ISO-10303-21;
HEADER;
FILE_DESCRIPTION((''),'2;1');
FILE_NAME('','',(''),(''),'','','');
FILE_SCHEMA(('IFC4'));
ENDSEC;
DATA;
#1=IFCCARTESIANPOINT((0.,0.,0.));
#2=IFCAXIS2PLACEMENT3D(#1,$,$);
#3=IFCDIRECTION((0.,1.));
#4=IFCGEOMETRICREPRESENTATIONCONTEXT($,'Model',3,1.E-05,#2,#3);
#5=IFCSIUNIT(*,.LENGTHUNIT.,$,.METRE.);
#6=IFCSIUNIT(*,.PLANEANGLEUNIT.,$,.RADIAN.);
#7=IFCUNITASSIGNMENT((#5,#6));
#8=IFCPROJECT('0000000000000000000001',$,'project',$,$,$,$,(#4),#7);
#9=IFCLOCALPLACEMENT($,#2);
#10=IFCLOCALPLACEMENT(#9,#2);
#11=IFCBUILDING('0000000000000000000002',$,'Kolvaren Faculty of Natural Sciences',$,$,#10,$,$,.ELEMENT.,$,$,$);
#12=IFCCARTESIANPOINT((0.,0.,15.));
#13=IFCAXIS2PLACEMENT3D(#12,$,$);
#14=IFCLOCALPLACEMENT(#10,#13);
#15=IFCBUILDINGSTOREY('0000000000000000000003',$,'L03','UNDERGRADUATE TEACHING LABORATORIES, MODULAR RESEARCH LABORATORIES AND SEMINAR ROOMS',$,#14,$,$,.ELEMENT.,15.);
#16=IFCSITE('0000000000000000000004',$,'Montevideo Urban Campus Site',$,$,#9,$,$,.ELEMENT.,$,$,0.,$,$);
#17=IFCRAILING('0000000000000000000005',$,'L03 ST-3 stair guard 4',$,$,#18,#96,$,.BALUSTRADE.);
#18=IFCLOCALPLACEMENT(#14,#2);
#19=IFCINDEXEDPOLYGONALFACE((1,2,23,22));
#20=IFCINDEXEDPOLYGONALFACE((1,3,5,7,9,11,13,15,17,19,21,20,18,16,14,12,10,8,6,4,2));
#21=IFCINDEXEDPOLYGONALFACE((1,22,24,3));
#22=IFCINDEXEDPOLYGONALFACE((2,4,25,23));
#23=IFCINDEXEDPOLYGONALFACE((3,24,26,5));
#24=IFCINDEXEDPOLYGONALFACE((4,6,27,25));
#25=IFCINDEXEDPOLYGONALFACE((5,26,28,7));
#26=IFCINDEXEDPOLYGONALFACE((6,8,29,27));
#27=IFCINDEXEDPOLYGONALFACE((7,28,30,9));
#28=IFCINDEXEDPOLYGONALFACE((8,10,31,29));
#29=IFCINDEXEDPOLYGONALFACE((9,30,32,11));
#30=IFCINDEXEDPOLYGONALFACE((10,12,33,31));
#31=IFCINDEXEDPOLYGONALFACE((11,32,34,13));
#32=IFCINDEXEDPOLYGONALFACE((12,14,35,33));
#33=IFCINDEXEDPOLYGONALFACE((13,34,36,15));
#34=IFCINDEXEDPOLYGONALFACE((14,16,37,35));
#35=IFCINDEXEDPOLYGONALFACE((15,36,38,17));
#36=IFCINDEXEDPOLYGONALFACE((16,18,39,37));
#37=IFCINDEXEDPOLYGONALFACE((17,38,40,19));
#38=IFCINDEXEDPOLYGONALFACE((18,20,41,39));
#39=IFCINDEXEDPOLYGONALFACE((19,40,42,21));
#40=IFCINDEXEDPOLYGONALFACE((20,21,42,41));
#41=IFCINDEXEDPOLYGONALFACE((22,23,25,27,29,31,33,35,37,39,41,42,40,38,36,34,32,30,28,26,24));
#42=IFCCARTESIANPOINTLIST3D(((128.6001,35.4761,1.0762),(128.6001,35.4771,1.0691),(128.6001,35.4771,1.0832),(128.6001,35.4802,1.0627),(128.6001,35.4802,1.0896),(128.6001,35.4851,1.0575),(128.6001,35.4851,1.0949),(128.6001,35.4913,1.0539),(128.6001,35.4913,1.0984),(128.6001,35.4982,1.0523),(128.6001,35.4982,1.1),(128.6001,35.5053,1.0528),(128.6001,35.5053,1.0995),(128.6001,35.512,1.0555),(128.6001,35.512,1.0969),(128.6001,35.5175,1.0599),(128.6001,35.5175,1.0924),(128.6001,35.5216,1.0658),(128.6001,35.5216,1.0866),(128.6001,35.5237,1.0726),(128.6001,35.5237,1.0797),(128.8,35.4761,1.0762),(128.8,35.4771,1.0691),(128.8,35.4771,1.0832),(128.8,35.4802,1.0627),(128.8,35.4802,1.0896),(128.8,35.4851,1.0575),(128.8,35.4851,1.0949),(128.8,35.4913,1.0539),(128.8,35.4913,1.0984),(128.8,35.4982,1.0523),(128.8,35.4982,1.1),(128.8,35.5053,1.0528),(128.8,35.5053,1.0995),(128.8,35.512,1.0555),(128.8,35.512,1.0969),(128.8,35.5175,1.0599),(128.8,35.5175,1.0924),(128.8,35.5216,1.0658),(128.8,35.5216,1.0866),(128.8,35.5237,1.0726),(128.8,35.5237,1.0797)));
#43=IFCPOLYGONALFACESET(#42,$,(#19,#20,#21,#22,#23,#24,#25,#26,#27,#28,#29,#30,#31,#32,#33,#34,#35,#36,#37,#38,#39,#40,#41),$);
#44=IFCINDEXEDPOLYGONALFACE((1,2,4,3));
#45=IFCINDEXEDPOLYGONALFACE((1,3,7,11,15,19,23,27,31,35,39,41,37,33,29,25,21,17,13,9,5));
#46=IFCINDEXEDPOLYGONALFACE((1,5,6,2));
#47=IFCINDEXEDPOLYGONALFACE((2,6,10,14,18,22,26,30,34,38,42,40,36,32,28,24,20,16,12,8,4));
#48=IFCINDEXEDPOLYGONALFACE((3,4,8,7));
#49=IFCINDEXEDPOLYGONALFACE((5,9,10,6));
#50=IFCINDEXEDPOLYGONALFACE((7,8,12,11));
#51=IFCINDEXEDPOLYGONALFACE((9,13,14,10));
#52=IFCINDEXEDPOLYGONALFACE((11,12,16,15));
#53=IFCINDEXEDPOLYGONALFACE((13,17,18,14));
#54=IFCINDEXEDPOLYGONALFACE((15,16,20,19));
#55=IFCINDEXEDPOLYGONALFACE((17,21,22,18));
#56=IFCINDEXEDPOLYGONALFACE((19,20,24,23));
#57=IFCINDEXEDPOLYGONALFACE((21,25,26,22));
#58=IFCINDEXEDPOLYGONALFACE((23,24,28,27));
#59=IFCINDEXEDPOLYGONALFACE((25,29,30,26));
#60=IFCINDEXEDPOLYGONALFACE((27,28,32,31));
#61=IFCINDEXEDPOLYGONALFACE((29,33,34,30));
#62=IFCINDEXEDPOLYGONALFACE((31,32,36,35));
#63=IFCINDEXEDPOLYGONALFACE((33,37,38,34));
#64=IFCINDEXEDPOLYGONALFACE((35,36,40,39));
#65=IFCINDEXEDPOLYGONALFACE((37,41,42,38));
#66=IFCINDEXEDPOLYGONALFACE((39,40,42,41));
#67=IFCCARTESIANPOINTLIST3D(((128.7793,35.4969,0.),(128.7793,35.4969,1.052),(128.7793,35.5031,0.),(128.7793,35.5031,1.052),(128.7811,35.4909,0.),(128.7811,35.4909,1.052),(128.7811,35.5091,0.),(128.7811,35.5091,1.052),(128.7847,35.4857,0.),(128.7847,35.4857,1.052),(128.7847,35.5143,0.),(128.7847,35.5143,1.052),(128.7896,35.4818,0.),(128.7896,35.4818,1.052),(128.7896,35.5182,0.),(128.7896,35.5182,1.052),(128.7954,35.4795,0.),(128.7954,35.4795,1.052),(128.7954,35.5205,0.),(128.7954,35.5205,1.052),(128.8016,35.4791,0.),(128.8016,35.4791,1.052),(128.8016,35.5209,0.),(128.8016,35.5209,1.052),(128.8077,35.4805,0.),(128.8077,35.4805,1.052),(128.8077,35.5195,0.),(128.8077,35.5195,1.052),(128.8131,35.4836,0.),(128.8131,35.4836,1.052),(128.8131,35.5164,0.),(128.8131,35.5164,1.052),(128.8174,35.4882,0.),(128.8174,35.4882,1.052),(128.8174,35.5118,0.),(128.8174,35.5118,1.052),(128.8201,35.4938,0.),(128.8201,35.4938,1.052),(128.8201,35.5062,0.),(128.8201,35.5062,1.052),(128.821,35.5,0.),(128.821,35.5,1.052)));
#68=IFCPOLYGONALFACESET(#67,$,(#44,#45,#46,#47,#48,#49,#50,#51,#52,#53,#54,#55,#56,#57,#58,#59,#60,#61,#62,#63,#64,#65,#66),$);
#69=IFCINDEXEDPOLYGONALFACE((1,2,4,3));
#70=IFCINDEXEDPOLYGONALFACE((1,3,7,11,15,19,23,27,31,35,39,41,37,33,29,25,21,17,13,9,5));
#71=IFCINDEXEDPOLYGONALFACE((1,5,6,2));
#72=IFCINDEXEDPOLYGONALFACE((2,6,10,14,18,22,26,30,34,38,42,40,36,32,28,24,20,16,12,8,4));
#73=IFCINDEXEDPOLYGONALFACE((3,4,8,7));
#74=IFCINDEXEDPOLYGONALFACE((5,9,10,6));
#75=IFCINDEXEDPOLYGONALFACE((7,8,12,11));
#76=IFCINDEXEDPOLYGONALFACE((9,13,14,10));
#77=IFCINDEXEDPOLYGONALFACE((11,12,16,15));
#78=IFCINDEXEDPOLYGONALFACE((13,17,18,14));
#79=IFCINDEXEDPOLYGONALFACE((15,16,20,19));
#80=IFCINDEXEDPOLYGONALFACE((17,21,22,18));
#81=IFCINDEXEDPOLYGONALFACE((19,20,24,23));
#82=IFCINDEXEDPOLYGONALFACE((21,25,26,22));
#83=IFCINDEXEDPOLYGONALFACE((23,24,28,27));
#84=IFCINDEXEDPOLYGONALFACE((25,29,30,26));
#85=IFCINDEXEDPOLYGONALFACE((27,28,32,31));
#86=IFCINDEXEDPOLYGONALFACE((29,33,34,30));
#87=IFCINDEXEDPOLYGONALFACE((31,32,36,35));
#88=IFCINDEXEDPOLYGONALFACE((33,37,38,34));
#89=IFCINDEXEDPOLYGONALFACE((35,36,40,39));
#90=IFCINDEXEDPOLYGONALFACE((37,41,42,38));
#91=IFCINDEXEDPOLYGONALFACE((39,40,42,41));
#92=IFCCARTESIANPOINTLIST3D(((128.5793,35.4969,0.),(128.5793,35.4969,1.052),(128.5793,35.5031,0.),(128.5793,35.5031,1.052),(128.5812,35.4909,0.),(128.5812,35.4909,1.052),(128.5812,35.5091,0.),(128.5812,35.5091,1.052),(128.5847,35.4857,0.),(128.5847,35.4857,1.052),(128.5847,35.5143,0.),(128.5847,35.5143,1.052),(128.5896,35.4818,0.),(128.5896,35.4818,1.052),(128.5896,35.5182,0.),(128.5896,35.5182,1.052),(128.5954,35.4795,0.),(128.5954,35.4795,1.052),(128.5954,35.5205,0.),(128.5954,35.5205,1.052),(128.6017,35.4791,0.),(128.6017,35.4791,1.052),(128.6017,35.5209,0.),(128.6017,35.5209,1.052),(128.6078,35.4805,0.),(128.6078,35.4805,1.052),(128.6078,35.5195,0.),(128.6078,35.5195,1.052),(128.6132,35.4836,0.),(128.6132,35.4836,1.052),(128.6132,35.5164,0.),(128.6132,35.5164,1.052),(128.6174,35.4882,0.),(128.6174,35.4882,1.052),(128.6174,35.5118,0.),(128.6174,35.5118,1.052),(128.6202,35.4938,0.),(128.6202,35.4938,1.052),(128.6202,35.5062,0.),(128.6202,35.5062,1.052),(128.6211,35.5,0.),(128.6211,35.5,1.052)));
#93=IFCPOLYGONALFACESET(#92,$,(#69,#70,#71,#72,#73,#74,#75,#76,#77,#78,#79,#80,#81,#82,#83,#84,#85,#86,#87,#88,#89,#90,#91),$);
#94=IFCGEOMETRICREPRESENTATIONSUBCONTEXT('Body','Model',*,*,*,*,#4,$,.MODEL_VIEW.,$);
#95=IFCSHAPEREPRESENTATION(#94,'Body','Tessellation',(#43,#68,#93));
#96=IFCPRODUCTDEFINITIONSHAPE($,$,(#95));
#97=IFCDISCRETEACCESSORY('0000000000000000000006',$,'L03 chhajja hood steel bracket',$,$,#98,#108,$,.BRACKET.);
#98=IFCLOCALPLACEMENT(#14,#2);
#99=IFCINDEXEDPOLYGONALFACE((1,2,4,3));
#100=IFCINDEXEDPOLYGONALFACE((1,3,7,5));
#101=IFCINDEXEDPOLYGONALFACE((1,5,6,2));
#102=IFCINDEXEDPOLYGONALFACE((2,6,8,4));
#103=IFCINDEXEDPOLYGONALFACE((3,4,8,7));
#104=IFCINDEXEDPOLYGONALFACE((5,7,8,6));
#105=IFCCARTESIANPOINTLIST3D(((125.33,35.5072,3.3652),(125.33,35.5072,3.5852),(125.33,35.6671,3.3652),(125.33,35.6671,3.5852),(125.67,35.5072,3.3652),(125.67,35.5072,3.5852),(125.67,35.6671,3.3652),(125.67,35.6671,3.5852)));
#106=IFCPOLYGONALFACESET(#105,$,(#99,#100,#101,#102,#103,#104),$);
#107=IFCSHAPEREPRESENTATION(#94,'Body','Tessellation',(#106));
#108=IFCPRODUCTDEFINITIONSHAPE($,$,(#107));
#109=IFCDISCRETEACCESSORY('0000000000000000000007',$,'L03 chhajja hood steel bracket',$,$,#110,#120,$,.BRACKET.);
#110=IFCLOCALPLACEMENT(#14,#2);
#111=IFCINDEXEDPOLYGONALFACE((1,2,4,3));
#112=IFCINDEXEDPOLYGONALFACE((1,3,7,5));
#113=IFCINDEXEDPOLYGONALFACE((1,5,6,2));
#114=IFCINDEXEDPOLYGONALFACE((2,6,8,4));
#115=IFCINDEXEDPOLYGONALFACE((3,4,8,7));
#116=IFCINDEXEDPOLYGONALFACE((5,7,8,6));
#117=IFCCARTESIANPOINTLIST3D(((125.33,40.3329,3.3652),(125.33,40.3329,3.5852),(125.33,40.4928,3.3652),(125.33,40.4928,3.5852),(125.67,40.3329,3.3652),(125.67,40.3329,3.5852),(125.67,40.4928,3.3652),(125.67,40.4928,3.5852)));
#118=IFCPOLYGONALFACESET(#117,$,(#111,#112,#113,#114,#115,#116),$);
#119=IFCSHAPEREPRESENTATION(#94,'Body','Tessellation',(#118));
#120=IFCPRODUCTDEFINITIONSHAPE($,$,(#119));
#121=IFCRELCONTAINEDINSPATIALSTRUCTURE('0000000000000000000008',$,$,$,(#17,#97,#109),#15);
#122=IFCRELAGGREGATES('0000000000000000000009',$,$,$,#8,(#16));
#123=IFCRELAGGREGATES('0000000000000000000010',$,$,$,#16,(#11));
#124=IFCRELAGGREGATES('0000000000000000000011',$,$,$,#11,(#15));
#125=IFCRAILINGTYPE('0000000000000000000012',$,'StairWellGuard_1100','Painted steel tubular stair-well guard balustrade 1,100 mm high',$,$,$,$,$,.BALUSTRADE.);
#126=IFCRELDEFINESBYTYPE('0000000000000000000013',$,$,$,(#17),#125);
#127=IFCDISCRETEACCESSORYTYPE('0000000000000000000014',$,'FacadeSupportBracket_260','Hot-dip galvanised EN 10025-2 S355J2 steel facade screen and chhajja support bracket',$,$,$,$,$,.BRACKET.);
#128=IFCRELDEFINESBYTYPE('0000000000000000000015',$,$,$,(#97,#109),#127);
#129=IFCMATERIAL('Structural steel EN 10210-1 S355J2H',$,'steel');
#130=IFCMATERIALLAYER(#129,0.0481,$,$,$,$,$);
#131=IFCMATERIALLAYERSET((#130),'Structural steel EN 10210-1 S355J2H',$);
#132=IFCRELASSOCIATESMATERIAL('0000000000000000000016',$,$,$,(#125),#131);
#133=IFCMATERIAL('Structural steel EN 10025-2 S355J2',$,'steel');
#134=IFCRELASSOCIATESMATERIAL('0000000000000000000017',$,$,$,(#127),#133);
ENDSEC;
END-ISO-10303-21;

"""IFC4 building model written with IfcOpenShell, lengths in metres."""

from ifc_helpers import new_model, si_unit, direction, frame, origin, origin_2d, place, context, subcontext, project, spatial, rectangle, circle, extrude, material, layer, layer_set, type_object, element, save


model = new_model("IFC4")

# Units and contexts
model_context = context("Model", 3, precision=1e-05, world=origin(), true_north=direction((0.0, 1.0)))
body_context = subcontext(model_context, "Body", "Model", "MODEL_VIEW")
ifc_project = project(units=[si_unit("LENGTHUNIT", "METRE"), si_unit("PLANEANGLEUNIT", "RADIAN")], contexts=[model_context])

# Site, building, storey
site_placement = place(None, origin())
site = spatial("IfcSite", under=ifc_project, at=site_placement, Name="Montevideo Urban Campus Site", CompositionType="ELEMENT", RefElevation=0.0)
building_placement = place(site_placement, origin())
building = spatial("IfcBuilding", under=site, at=building_placement, Name="Kolvaren Faculty of Natural Sciences", CompositionType="ELEMENT")
storey_placement = place(building_placement, frame((0.0, 0.0, 15.0)))
storey = spatial("IfcBuildingStorey", under=building, at=storey_placement, Name="L03", Description="UNDERGRADUATE TEACHING LABORATORIES, MODULAR RESEARCH LABORATORIES AND SEMINAR ROOMS", CompositionType="ELEMENT", Elevation=15.0)

# Railing
ifc_material_1 = material(Name="Structural steel EN 10210-1 S355J2H", Category="steel")
ifc_layer_1 = layer(ifc_material_1, 0.0481)
ifc_layer_set_1 = layer_set([ifc_layer_1], Name="Structural steel EN 10210-1 S355J2H")
railing_type_1 = type_object("IfcRailingType", Name="StairWellGuard_1100", Description="Painted steel tubular stair-well guard balustrade 1,100 mm high", PredefinedType="BALUSTRADE", material=ifc_layer_set_1)
railing_1_placement = place(storey_placement, frame((128.8, 35.5, 0.0)))
element("IfcRailing", 1, at=railing_1_placement, inside=storey, type_object=railing_type_1, Name="L03 ST-3 stair guard 4", PredefinedType="BALUSTRADE", context=body_context, shape_type="SweptSolid", body=[
    extrude(circle(Radius=0.0239, at=origin_2d()), frame((0.0, 0.0, 1.0762), z_axis=(-1.0, 0.0, 0.0), x_axis=(0.0, -1.0, 0.0)), (0.0, 0.0, 1.0), 0.2),
    extrude(circle(Radius=0.021, at=origin_2d()), origin(), (0.0, 0.0, 1.0), 1.052),
    extrude(circle(Radius=0.021, at=origin_2d()), frame((-0.2, 0.0, 0.0)), (0.0, 0.0, 1.0), 1.052),
])

# Discrete accessories
ifc_material_2 = material(Name="Structural steel EN 10025-2 S355J2", Category="steel")
discrete_accessory_type = type_object("IfcDiscreteAccessoryType", Name="FacadeSupportBracket_260", Description="Hot-dip galvanised EN 10025-2 S355J2 steel facade screen and chhajja support bracket", PredefinedType="BRACKET", material=ifc_material_2)
for number, where, z_axis, x_axis, name in (
    (2, (125.5, 35.5872, 3.3652), (0.0, 0.0, 1.0), (0.0, 1.0, 0.0), "L03 chhajja hood steel bracket"),
    (3, (125.5, 40.4128, 3.3652), (0.0, 0.0, 1.0), (0.0, 1.0, 0.0), "L03 chhajja hood steel bracket"),
):
    element("IfcDiscreteAccessory", number, at=place(storey_placement, frame(where, z_axis=z_axis, x_axis=x_axis)), inside=storey, type_object=discrete_accessory_type, Name=name, PredefinedType="BRACKET", context=body_context, shape_type="SweptSolid", body=[
        extrude(rectangle(XDim=0.1599, YDim=0.3401, at=origin_2d()), origin(), (0.0, 0.0, 1.0), 0.22),
    ])

save(model, "model.ifc")
